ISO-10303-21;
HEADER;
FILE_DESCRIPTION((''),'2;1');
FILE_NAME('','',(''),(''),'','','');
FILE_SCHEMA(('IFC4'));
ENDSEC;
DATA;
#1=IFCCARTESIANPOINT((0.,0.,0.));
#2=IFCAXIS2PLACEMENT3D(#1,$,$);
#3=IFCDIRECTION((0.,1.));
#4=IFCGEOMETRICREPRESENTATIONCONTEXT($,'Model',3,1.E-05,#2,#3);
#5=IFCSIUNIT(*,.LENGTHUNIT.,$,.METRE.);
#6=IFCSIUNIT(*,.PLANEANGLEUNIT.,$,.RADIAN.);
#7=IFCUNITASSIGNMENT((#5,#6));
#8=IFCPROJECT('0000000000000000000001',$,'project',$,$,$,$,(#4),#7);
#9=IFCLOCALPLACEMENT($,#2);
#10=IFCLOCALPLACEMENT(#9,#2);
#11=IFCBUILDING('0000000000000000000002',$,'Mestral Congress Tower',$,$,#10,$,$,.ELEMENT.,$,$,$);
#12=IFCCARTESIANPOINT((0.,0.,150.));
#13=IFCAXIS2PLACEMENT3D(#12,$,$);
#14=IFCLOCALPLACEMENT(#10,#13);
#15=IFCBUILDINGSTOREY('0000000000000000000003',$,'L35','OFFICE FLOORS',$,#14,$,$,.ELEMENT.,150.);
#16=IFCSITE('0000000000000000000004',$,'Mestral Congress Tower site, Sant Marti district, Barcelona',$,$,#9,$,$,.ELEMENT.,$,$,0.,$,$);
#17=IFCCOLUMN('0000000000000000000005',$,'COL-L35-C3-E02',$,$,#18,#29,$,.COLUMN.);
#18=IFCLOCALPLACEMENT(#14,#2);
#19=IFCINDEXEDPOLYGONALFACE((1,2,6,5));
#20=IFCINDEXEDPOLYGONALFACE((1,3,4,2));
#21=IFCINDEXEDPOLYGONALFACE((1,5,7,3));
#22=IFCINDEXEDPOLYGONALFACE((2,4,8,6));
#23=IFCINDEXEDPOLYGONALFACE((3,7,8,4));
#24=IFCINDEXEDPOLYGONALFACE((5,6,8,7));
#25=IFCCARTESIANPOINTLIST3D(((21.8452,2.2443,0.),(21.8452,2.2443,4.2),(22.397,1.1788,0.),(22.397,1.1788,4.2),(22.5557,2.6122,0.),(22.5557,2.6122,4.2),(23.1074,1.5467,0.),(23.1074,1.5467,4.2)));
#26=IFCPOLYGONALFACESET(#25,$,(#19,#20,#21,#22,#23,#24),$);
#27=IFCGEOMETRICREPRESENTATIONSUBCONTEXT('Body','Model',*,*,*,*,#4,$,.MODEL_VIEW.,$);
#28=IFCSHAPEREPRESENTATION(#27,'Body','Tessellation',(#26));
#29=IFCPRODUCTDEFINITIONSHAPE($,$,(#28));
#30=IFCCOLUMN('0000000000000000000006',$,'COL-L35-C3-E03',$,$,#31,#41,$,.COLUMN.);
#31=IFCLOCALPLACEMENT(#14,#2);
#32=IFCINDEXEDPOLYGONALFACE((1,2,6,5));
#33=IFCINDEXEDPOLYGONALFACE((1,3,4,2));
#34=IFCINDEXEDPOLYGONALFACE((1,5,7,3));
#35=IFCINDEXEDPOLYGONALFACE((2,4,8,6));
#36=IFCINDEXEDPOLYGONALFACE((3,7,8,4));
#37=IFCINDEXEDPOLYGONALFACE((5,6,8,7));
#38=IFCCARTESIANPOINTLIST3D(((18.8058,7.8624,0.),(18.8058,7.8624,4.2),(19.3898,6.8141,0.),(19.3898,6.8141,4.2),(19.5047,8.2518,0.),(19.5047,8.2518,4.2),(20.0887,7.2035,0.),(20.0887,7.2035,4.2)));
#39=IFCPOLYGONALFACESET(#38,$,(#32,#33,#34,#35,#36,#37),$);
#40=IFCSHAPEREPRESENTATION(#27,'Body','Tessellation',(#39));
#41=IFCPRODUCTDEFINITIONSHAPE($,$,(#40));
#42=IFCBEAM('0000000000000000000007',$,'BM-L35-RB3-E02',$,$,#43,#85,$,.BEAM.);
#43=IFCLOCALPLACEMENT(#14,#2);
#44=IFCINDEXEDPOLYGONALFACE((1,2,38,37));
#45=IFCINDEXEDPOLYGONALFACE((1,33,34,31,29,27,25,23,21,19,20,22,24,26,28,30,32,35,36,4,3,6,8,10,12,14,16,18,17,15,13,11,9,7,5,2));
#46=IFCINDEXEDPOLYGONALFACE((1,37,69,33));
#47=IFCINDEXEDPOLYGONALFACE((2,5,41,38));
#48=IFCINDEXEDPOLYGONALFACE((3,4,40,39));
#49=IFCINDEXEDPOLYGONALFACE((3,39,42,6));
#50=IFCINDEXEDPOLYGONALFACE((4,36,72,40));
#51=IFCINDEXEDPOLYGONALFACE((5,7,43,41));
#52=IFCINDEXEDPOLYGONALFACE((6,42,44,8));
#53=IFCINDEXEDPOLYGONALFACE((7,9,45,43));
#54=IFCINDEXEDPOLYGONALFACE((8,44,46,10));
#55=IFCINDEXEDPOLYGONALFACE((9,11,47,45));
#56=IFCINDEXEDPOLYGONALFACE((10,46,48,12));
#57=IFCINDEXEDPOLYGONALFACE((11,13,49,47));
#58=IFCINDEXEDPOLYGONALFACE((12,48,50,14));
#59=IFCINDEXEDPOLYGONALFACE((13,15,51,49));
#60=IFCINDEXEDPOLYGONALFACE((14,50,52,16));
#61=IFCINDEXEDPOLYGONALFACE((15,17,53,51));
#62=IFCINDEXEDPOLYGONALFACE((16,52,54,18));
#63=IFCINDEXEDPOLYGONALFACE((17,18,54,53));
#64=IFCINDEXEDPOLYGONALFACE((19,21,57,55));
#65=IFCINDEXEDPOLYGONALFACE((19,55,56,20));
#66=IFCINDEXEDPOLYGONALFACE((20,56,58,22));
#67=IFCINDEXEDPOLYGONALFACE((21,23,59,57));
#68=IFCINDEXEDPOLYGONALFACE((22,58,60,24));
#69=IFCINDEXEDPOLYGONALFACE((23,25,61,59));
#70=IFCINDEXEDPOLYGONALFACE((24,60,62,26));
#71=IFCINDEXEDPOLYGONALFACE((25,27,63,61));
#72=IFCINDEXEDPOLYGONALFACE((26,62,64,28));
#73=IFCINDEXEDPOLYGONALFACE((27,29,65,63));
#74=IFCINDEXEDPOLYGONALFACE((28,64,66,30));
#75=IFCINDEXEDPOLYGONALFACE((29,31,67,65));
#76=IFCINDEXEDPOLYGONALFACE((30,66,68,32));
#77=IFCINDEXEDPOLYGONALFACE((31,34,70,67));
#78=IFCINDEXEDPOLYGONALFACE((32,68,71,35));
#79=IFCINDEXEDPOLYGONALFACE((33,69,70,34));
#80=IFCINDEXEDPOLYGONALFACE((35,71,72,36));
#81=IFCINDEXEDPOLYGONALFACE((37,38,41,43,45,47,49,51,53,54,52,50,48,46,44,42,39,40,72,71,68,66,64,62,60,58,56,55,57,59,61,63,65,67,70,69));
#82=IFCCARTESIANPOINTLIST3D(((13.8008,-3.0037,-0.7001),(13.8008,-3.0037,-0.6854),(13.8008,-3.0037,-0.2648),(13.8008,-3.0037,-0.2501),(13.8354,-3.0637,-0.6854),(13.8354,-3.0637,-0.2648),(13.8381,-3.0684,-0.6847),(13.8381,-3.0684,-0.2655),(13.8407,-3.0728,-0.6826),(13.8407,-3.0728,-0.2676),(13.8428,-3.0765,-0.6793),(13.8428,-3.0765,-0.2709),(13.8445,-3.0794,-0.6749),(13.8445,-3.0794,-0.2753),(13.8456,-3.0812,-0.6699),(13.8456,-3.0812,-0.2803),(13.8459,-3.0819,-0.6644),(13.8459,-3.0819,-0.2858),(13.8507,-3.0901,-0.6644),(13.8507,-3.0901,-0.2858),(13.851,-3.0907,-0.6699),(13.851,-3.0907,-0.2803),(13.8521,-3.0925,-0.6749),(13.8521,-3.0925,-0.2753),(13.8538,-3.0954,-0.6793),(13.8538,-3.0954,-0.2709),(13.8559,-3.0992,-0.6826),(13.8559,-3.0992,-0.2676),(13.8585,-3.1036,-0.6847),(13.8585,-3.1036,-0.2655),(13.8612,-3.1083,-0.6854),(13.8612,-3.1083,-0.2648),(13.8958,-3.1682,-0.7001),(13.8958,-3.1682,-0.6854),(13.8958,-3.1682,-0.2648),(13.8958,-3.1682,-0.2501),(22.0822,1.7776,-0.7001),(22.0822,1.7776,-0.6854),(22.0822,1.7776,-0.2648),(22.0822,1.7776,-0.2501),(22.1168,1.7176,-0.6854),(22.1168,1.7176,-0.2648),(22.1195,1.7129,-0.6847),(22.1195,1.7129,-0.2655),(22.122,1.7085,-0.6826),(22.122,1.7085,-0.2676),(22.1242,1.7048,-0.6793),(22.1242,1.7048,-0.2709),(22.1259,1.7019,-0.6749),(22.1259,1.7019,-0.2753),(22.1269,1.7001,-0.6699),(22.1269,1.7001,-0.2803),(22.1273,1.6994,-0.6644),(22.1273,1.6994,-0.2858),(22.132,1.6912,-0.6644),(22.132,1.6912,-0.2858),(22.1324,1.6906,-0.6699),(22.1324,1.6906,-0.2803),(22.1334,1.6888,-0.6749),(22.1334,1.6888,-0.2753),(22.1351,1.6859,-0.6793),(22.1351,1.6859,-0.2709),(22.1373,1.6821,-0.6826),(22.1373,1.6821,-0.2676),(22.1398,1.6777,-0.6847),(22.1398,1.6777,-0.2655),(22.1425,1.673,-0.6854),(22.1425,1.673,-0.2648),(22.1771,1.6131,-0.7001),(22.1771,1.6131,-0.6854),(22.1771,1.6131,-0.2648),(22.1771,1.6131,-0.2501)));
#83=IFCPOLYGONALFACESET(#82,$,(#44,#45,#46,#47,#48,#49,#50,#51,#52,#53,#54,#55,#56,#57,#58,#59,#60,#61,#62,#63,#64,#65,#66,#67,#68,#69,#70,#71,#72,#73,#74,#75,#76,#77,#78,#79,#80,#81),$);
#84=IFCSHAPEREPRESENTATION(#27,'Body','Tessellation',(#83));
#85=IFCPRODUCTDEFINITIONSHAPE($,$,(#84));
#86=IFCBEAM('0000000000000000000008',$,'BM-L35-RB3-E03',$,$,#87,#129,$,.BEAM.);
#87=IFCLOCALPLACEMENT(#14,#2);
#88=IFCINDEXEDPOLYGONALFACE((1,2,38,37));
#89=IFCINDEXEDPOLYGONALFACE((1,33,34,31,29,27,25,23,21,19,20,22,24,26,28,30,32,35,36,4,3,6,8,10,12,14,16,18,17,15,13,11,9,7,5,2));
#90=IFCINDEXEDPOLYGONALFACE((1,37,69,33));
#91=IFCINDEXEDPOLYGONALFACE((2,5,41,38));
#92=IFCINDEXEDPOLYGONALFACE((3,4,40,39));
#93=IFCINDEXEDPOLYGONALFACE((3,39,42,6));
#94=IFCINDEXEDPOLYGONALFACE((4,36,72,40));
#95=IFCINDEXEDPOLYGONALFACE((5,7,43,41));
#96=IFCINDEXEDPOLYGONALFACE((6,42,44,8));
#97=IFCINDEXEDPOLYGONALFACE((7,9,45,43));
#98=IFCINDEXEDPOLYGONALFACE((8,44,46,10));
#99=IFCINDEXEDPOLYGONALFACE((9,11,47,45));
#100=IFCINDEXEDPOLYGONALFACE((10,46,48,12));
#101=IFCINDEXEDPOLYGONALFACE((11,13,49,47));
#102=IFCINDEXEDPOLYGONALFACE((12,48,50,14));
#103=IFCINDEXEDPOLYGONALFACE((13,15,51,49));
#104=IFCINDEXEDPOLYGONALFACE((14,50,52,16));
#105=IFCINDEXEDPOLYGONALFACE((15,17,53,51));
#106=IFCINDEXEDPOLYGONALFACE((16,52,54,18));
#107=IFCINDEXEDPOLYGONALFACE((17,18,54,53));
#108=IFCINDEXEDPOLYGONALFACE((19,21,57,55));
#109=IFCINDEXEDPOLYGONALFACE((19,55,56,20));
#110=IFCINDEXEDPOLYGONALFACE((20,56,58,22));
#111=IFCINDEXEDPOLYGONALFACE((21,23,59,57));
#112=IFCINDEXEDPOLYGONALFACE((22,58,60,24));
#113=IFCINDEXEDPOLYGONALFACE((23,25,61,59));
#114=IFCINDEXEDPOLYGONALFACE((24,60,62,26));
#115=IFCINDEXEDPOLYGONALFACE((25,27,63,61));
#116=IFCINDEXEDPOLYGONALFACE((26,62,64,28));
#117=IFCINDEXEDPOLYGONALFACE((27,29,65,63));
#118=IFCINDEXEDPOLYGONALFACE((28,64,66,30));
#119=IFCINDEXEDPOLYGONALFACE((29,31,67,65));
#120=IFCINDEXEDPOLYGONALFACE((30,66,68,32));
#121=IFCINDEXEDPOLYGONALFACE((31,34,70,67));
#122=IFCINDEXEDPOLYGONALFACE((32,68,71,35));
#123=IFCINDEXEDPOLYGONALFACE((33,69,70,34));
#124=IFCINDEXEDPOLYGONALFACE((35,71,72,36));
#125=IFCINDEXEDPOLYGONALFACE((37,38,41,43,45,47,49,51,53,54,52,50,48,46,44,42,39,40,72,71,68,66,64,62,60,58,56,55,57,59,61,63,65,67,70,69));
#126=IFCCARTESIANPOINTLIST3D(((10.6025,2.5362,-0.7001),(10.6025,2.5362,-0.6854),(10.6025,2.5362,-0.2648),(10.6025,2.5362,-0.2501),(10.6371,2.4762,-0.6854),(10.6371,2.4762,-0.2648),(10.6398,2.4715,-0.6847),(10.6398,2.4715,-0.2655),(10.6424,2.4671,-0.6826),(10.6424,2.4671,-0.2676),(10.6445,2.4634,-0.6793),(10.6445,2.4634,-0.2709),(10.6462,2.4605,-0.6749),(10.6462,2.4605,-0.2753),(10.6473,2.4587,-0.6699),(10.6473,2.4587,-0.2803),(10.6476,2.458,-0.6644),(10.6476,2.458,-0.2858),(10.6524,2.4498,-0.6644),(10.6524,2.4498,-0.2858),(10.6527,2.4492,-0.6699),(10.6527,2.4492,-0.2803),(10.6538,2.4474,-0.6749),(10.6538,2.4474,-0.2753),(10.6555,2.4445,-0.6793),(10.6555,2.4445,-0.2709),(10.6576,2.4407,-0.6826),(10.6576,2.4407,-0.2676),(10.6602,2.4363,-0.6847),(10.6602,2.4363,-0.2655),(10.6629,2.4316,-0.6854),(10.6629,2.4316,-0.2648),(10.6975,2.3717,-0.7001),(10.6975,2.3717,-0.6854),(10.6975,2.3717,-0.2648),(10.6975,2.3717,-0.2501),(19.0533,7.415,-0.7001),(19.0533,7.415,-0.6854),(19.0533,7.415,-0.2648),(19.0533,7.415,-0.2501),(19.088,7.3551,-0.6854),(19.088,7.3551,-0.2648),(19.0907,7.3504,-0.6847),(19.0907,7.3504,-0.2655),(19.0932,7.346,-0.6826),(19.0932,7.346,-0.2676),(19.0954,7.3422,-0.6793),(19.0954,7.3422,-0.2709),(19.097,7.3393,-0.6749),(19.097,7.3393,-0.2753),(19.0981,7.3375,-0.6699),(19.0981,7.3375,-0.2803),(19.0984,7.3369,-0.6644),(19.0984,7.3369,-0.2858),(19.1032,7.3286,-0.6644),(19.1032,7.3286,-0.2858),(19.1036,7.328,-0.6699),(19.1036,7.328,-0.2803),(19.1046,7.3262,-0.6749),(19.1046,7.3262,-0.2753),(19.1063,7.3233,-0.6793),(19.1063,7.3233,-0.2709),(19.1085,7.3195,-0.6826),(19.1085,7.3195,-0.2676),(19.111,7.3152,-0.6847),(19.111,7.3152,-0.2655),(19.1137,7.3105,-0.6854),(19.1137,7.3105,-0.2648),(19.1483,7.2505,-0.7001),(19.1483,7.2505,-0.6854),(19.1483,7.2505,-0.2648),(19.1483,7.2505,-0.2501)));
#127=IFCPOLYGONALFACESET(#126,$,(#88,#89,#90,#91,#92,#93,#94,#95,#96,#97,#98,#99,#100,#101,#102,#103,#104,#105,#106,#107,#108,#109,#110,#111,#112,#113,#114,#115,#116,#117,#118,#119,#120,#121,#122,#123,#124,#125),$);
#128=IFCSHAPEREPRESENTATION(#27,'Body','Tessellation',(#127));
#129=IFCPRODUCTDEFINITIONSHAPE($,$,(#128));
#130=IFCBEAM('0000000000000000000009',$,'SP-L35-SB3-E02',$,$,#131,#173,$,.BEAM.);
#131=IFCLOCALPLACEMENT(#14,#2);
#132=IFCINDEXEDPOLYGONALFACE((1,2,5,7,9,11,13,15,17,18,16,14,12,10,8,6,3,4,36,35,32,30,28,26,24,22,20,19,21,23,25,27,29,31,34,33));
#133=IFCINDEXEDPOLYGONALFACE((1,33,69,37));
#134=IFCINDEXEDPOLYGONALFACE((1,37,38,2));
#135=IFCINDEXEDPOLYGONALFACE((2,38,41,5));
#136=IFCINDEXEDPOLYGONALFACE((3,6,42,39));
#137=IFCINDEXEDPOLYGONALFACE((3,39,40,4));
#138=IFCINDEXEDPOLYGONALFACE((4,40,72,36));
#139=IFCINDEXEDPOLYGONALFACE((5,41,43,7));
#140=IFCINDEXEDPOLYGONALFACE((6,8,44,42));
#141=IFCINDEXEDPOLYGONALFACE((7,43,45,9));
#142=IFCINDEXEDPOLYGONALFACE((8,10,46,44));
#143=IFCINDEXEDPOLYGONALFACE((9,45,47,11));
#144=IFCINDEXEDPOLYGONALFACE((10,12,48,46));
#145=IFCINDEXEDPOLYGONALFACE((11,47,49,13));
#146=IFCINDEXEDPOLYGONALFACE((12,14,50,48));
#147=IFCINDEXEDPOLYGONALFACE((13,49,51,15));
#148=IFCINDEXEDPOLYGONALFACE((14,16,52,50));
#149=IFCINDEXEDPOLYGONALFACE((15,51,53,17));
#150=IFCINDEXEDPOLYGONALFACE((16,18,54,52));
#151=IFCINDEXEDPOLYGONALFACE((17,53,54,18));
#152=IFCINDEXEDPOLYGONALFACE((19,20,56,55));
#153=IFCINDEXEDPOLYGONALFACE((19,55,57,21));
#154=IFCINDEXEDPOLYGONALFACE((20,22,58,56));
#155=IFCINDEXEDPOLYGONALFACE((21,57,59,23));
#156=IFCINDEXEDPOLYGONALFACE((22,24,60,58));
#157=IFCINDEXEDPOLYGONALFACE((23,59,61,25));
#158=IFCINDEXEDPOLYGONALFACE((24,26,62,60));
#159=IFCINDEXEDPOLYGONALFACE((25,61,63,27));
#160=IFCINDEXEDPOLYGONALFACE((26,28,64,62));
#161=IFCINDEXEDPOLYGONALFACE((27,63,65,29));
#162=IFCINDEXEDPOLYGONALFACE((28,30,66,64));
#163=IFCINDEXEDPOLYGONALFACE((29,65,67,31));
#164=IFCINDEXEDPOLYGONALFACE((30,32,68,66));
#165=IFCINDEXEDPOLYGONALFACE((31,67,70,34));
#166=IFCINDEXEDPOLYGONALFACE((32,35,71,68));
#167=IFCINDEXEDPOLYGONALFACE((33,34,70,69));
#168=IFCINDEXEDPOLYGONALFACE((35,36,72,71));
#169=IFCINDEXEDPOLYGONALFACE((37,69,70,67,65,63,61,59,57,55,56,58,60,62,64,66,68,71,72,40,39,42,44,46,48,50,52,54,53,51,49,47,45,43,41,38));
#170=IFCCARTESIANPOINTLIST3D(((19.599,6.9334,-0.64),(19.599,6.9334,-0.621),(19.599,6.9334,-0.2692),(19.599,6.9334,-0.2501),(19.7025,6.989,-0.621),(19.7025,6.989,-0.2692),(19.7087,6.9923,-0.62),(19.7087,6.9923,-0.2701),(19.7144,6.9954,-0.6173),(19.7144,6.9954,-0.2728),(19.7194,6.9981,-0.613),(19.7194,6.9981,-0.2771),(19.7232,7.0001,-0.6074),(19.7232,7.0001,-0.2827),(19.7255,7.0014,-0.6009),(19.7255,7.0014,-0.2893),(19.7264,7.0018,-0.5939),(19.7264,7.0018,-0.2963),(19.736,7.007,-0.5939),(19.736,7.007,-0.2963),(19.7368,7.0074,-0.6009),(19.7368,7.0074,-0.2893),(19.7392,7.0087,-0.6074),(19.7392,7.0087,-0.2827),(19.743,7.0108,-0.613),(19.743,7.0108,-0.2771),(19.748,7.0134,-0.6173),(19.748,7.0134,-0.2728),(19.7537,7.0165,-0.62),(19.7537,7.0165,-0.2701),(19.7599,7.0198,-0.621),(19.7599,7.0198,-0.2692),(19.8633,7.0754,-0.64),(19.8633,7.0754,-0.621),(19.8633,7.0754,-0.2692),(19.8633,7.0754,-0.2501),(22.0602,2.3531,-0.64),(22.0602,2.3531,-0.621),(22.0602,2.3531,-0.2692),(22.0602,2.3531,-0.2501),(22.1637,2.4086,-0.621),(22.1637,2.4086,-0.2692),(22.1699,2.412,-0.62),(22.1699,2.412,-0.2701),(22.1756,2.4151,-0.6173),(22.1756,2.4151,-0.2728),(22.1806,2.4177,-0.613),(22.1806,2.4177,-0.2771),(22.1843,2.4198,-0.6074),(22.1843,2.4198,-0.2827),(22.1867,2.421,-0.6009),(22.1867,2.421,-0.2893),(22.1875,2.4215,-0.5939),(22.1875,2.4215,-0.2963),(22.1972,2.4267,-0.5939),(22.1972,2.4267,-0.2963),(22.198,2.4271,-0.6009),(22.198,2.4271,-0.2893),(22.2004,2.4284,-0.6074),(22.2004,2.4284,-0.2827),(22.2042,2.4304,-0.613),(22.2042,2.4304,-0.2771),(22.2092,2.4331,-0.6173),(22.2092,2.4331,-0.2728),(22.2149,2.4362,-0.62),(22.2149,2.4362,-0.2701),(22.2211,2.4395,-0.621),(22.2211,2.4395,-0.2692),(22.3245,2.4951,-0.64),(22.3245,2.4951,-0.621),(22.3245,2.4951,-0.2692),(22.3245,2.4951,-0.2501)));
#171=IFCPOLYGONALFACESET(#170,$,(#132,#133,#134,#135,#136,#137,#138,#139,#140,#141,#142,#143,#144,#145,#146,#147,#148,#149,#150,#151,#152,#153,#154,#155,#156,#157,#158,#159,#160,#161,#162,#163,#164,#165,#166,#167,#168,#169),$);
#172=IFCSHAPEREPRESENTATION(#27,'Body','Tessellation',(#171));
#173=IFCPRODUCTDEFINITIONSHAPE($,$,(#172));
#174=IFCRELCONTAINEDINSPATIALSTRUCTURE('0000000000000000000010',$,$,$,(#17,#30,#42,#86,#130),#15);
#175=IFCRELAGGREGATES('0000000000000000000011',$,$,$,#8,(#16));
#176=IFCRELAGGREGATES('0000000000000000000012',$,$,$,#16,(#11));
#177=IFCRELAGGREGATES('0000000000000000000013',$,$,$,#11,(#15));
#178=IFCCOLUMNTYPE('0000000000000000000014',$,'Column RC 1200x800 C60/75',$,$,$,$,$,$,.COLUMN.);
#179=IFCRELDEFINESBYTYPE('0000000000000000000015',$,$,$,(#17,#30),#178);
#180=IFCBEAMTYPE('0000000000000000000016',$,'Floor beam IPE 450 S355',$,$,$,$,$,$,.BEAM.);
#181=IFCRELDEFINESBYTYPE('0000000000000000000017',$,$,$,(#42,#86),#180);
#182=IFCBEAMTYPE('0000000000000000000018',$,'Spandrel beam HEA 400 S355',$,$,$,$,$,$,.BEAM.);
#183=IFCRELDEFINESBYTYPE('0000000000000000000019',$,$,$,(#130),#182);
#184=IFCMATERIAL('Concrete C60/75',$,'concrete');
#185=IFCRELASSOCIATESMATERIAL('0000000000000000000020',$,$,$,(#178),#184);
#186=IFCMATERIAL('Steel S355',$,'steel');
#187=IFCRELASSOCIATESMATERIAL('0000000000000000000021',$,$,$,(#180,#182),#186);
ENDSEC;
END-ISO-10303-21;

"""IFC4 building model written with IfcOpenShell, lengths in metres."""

from ifc_helpers import new_model, si_unit, direction, frame, origin, origin_2d, place, context, subcontext, project, spatial, rectangle, i_section, extrude, material, material_profile, profile_set, type_object, element, save


model = new_model("IFC4")

# Units and contexts
model_context = context("Model", 3, precision=1e-05, world=origin(), true_north=direction((0.0, 1.0)))
body_context = subcontext(model_context, "Body", "Model", "MODEL_VIEW")
ifc_project = project(units=[si_unit("LENGTHUNIT", "METRE"), si_unit("PLANEANGLEUNIT", "RADIAN")], contexts=[model_context])

# Site, building, storey
site_placement = place(None, origin())
site = spatial("IfcSite", under=ifc_project, at=site_placement, Name="Mestral Congress Tower site, Sant Marti district, Barcelona", CompositionType="ELEMENT", RefElevation=0.0)
building_placement = place(site_placement, origin())
building = spatial("IfcBuilding", under=site, at=building_placement, Name="Mestral Congress Tower", CompositionType="ELEMENT")
storey_placement = place(building_placement, frame((0.0, 0.0, 150.0)))
storey = spatial("IfcBuildingStorey", under=building, at=storey_placement, Name="L35", Description="OFFICE FLOORS", CompositionType="ELEMENT", Elevation=150.0)

# Columns
ifc_material_1 = material(Name="Concrete C60/75", Category="concrete")
ifc_material_profile_1 = material_profile(ifc_material_1, rectangle(XDim=1.2, YDim=0.8, at=origin_2d()), Name="RC 1200x800")
ifc_profile_set_1 = profile_set([ifc_material_profile_1], Name="Concrete C60/75")
column_type = type_object("IfcColumnType", Name="Column RC 1200x800 C60/75", PredefinedType="COLUMN", material=ifc_profile_set_1)
for number, where, z_axis, x_axis, name in (
    (1, (22.4763, 1.8955, 0.0), (0.0, 0.0, 1.0), (-0.459837, 0.888003, 0.0), "COL-L35-C3-E02"),
    (2, (19.4473, 7.533, 0.0), (0.0, 0.0, 1.0), (-0.486724, 0.873556, 0.0), "COL-L35-C3-E03"),
):
    element("IfcColumn", number, at=place(storey_placement, frame(where, z_axis=z_axis, x_axis=x_axis)), inside=storey, type_object=column_type, Name=name, PredefinedType="COLUMN", context=body_context, shape_type="SweptSolid", body=[
        extrude(rectangle(XDim=1.2, YDim=0.8, at=origin_2d()), origin(), (0.0, 0.0, 1.0), 4.2),
    ])

# Beams
ifc_material_2 = material(Name="Steel S355", Category="steel")
ifc_material_profile_2 = material_profile(ifc_material_2, i_section(OverallWidth=0.1899, OverallDepth=0.45, WebThickness=0.0095, FlangeThickness=0.0146, FilletRadius=0.021, at=origin_2d()), Name="IPE 450")
ifc_profile_set_2 = profile_set([ifc_material_profile_2], Name="Steel S355")
beam_type_1 = type_object("IfcBeamType", Name="Floor beam IPE 450 S355", PredefinedType="BEAM", material=ifc_profile_set_2)
beam_1_placement = place(storey_placement, frame((22.1296, 1.6953, -0.4751), z_axis=(-0.866022, -0.500005, 0.0), x_axis=(0.500005, -0.866022, 0.0)))
element("IfcBeam", 3, at=beam_1_placement, inside=storey, type_object=beam_type_1, Name="BM-L35-RB3-E02", PredefinedType="BEAM", context=body_context, shape_type="SweptSolid", body=[
    extrude(i_section(OverallWidth=0.1899, OverallDepth=0.45, WebThickness=0.0095, FlangeThickness=0.0146, FilletRadius=0.021, at=origin_2d()), origin(), (0.0, 0.0, 1.0), 9.5625),
])
beam_2_placement = place(storey_placement, frame((19.1008, 7.3328, -0.4751), z_axis=(-0.866036, -0.499982, 0.0), x_axis=(0.499982, -0.866036, 0.0)))
element("IfcBeam", 4, at=beam_2_placement, inside=storey, type_object=beam_type_1, Name="BM-L35-RB3-E03", PredefinedType="BEAM", context=body_context, shape_type="SweptSolid", body=[
    extrude(i_section(OverallWidth=0.1899, OverallDepth=0.45, WebThickness=0.0095, FlangeThickness=0.0146, FilletRadius=0.021, at=origin_2d()), origin(), (0.0, 0.0, 1.0), 9.7581),
])
ifc_material_profile_3 = material_profile(ifc_material_2, i_section(OverallWidth=0.3, OverallDepth=0.3899, WebThickness=0.011, FlangeThickness=0.019, FilletRadius=0.0271, at=origin_2d()), Name="HEA 400")
ifc_profile_set_3 = profile_set([ifc_material_profile_3], Name="Steel S355")
beam_type_2 = type_object("IfcBeamType", Name="Spandrel beam HEA 400 S355", PredefinedType="BEAM", material=ifc_profile_set_3)
for number, where, z_axis, x_axis, name in (
    (5, (22.1924, 2.4241, -0.4451), (-0.473332, 0.880884, 0.0), (-0.880884, -0.473332, 0.0), "SP-L35-SB3-E02"),
):
    element("IfcBeam", number, at=place(storey_placement, frame(where, z_axis=z_axis, x_axis=x_axis)), inside=storey, type_object=beam_type_2, Name=name, PredefinedType="BEAM", context=body_context, shape_type="SweptSolid", body=[
        extrude(i_section(OverallWidth=0.3, OverallDepth=0.3899, WebThickness=0.011, FlangeThickness=0.019, FilletRadius=0.0271, at=origin_2d()), origin(), (0.0, 0.0, 1.0), 5.1997),
    ])

save(model, "model.ifc")
